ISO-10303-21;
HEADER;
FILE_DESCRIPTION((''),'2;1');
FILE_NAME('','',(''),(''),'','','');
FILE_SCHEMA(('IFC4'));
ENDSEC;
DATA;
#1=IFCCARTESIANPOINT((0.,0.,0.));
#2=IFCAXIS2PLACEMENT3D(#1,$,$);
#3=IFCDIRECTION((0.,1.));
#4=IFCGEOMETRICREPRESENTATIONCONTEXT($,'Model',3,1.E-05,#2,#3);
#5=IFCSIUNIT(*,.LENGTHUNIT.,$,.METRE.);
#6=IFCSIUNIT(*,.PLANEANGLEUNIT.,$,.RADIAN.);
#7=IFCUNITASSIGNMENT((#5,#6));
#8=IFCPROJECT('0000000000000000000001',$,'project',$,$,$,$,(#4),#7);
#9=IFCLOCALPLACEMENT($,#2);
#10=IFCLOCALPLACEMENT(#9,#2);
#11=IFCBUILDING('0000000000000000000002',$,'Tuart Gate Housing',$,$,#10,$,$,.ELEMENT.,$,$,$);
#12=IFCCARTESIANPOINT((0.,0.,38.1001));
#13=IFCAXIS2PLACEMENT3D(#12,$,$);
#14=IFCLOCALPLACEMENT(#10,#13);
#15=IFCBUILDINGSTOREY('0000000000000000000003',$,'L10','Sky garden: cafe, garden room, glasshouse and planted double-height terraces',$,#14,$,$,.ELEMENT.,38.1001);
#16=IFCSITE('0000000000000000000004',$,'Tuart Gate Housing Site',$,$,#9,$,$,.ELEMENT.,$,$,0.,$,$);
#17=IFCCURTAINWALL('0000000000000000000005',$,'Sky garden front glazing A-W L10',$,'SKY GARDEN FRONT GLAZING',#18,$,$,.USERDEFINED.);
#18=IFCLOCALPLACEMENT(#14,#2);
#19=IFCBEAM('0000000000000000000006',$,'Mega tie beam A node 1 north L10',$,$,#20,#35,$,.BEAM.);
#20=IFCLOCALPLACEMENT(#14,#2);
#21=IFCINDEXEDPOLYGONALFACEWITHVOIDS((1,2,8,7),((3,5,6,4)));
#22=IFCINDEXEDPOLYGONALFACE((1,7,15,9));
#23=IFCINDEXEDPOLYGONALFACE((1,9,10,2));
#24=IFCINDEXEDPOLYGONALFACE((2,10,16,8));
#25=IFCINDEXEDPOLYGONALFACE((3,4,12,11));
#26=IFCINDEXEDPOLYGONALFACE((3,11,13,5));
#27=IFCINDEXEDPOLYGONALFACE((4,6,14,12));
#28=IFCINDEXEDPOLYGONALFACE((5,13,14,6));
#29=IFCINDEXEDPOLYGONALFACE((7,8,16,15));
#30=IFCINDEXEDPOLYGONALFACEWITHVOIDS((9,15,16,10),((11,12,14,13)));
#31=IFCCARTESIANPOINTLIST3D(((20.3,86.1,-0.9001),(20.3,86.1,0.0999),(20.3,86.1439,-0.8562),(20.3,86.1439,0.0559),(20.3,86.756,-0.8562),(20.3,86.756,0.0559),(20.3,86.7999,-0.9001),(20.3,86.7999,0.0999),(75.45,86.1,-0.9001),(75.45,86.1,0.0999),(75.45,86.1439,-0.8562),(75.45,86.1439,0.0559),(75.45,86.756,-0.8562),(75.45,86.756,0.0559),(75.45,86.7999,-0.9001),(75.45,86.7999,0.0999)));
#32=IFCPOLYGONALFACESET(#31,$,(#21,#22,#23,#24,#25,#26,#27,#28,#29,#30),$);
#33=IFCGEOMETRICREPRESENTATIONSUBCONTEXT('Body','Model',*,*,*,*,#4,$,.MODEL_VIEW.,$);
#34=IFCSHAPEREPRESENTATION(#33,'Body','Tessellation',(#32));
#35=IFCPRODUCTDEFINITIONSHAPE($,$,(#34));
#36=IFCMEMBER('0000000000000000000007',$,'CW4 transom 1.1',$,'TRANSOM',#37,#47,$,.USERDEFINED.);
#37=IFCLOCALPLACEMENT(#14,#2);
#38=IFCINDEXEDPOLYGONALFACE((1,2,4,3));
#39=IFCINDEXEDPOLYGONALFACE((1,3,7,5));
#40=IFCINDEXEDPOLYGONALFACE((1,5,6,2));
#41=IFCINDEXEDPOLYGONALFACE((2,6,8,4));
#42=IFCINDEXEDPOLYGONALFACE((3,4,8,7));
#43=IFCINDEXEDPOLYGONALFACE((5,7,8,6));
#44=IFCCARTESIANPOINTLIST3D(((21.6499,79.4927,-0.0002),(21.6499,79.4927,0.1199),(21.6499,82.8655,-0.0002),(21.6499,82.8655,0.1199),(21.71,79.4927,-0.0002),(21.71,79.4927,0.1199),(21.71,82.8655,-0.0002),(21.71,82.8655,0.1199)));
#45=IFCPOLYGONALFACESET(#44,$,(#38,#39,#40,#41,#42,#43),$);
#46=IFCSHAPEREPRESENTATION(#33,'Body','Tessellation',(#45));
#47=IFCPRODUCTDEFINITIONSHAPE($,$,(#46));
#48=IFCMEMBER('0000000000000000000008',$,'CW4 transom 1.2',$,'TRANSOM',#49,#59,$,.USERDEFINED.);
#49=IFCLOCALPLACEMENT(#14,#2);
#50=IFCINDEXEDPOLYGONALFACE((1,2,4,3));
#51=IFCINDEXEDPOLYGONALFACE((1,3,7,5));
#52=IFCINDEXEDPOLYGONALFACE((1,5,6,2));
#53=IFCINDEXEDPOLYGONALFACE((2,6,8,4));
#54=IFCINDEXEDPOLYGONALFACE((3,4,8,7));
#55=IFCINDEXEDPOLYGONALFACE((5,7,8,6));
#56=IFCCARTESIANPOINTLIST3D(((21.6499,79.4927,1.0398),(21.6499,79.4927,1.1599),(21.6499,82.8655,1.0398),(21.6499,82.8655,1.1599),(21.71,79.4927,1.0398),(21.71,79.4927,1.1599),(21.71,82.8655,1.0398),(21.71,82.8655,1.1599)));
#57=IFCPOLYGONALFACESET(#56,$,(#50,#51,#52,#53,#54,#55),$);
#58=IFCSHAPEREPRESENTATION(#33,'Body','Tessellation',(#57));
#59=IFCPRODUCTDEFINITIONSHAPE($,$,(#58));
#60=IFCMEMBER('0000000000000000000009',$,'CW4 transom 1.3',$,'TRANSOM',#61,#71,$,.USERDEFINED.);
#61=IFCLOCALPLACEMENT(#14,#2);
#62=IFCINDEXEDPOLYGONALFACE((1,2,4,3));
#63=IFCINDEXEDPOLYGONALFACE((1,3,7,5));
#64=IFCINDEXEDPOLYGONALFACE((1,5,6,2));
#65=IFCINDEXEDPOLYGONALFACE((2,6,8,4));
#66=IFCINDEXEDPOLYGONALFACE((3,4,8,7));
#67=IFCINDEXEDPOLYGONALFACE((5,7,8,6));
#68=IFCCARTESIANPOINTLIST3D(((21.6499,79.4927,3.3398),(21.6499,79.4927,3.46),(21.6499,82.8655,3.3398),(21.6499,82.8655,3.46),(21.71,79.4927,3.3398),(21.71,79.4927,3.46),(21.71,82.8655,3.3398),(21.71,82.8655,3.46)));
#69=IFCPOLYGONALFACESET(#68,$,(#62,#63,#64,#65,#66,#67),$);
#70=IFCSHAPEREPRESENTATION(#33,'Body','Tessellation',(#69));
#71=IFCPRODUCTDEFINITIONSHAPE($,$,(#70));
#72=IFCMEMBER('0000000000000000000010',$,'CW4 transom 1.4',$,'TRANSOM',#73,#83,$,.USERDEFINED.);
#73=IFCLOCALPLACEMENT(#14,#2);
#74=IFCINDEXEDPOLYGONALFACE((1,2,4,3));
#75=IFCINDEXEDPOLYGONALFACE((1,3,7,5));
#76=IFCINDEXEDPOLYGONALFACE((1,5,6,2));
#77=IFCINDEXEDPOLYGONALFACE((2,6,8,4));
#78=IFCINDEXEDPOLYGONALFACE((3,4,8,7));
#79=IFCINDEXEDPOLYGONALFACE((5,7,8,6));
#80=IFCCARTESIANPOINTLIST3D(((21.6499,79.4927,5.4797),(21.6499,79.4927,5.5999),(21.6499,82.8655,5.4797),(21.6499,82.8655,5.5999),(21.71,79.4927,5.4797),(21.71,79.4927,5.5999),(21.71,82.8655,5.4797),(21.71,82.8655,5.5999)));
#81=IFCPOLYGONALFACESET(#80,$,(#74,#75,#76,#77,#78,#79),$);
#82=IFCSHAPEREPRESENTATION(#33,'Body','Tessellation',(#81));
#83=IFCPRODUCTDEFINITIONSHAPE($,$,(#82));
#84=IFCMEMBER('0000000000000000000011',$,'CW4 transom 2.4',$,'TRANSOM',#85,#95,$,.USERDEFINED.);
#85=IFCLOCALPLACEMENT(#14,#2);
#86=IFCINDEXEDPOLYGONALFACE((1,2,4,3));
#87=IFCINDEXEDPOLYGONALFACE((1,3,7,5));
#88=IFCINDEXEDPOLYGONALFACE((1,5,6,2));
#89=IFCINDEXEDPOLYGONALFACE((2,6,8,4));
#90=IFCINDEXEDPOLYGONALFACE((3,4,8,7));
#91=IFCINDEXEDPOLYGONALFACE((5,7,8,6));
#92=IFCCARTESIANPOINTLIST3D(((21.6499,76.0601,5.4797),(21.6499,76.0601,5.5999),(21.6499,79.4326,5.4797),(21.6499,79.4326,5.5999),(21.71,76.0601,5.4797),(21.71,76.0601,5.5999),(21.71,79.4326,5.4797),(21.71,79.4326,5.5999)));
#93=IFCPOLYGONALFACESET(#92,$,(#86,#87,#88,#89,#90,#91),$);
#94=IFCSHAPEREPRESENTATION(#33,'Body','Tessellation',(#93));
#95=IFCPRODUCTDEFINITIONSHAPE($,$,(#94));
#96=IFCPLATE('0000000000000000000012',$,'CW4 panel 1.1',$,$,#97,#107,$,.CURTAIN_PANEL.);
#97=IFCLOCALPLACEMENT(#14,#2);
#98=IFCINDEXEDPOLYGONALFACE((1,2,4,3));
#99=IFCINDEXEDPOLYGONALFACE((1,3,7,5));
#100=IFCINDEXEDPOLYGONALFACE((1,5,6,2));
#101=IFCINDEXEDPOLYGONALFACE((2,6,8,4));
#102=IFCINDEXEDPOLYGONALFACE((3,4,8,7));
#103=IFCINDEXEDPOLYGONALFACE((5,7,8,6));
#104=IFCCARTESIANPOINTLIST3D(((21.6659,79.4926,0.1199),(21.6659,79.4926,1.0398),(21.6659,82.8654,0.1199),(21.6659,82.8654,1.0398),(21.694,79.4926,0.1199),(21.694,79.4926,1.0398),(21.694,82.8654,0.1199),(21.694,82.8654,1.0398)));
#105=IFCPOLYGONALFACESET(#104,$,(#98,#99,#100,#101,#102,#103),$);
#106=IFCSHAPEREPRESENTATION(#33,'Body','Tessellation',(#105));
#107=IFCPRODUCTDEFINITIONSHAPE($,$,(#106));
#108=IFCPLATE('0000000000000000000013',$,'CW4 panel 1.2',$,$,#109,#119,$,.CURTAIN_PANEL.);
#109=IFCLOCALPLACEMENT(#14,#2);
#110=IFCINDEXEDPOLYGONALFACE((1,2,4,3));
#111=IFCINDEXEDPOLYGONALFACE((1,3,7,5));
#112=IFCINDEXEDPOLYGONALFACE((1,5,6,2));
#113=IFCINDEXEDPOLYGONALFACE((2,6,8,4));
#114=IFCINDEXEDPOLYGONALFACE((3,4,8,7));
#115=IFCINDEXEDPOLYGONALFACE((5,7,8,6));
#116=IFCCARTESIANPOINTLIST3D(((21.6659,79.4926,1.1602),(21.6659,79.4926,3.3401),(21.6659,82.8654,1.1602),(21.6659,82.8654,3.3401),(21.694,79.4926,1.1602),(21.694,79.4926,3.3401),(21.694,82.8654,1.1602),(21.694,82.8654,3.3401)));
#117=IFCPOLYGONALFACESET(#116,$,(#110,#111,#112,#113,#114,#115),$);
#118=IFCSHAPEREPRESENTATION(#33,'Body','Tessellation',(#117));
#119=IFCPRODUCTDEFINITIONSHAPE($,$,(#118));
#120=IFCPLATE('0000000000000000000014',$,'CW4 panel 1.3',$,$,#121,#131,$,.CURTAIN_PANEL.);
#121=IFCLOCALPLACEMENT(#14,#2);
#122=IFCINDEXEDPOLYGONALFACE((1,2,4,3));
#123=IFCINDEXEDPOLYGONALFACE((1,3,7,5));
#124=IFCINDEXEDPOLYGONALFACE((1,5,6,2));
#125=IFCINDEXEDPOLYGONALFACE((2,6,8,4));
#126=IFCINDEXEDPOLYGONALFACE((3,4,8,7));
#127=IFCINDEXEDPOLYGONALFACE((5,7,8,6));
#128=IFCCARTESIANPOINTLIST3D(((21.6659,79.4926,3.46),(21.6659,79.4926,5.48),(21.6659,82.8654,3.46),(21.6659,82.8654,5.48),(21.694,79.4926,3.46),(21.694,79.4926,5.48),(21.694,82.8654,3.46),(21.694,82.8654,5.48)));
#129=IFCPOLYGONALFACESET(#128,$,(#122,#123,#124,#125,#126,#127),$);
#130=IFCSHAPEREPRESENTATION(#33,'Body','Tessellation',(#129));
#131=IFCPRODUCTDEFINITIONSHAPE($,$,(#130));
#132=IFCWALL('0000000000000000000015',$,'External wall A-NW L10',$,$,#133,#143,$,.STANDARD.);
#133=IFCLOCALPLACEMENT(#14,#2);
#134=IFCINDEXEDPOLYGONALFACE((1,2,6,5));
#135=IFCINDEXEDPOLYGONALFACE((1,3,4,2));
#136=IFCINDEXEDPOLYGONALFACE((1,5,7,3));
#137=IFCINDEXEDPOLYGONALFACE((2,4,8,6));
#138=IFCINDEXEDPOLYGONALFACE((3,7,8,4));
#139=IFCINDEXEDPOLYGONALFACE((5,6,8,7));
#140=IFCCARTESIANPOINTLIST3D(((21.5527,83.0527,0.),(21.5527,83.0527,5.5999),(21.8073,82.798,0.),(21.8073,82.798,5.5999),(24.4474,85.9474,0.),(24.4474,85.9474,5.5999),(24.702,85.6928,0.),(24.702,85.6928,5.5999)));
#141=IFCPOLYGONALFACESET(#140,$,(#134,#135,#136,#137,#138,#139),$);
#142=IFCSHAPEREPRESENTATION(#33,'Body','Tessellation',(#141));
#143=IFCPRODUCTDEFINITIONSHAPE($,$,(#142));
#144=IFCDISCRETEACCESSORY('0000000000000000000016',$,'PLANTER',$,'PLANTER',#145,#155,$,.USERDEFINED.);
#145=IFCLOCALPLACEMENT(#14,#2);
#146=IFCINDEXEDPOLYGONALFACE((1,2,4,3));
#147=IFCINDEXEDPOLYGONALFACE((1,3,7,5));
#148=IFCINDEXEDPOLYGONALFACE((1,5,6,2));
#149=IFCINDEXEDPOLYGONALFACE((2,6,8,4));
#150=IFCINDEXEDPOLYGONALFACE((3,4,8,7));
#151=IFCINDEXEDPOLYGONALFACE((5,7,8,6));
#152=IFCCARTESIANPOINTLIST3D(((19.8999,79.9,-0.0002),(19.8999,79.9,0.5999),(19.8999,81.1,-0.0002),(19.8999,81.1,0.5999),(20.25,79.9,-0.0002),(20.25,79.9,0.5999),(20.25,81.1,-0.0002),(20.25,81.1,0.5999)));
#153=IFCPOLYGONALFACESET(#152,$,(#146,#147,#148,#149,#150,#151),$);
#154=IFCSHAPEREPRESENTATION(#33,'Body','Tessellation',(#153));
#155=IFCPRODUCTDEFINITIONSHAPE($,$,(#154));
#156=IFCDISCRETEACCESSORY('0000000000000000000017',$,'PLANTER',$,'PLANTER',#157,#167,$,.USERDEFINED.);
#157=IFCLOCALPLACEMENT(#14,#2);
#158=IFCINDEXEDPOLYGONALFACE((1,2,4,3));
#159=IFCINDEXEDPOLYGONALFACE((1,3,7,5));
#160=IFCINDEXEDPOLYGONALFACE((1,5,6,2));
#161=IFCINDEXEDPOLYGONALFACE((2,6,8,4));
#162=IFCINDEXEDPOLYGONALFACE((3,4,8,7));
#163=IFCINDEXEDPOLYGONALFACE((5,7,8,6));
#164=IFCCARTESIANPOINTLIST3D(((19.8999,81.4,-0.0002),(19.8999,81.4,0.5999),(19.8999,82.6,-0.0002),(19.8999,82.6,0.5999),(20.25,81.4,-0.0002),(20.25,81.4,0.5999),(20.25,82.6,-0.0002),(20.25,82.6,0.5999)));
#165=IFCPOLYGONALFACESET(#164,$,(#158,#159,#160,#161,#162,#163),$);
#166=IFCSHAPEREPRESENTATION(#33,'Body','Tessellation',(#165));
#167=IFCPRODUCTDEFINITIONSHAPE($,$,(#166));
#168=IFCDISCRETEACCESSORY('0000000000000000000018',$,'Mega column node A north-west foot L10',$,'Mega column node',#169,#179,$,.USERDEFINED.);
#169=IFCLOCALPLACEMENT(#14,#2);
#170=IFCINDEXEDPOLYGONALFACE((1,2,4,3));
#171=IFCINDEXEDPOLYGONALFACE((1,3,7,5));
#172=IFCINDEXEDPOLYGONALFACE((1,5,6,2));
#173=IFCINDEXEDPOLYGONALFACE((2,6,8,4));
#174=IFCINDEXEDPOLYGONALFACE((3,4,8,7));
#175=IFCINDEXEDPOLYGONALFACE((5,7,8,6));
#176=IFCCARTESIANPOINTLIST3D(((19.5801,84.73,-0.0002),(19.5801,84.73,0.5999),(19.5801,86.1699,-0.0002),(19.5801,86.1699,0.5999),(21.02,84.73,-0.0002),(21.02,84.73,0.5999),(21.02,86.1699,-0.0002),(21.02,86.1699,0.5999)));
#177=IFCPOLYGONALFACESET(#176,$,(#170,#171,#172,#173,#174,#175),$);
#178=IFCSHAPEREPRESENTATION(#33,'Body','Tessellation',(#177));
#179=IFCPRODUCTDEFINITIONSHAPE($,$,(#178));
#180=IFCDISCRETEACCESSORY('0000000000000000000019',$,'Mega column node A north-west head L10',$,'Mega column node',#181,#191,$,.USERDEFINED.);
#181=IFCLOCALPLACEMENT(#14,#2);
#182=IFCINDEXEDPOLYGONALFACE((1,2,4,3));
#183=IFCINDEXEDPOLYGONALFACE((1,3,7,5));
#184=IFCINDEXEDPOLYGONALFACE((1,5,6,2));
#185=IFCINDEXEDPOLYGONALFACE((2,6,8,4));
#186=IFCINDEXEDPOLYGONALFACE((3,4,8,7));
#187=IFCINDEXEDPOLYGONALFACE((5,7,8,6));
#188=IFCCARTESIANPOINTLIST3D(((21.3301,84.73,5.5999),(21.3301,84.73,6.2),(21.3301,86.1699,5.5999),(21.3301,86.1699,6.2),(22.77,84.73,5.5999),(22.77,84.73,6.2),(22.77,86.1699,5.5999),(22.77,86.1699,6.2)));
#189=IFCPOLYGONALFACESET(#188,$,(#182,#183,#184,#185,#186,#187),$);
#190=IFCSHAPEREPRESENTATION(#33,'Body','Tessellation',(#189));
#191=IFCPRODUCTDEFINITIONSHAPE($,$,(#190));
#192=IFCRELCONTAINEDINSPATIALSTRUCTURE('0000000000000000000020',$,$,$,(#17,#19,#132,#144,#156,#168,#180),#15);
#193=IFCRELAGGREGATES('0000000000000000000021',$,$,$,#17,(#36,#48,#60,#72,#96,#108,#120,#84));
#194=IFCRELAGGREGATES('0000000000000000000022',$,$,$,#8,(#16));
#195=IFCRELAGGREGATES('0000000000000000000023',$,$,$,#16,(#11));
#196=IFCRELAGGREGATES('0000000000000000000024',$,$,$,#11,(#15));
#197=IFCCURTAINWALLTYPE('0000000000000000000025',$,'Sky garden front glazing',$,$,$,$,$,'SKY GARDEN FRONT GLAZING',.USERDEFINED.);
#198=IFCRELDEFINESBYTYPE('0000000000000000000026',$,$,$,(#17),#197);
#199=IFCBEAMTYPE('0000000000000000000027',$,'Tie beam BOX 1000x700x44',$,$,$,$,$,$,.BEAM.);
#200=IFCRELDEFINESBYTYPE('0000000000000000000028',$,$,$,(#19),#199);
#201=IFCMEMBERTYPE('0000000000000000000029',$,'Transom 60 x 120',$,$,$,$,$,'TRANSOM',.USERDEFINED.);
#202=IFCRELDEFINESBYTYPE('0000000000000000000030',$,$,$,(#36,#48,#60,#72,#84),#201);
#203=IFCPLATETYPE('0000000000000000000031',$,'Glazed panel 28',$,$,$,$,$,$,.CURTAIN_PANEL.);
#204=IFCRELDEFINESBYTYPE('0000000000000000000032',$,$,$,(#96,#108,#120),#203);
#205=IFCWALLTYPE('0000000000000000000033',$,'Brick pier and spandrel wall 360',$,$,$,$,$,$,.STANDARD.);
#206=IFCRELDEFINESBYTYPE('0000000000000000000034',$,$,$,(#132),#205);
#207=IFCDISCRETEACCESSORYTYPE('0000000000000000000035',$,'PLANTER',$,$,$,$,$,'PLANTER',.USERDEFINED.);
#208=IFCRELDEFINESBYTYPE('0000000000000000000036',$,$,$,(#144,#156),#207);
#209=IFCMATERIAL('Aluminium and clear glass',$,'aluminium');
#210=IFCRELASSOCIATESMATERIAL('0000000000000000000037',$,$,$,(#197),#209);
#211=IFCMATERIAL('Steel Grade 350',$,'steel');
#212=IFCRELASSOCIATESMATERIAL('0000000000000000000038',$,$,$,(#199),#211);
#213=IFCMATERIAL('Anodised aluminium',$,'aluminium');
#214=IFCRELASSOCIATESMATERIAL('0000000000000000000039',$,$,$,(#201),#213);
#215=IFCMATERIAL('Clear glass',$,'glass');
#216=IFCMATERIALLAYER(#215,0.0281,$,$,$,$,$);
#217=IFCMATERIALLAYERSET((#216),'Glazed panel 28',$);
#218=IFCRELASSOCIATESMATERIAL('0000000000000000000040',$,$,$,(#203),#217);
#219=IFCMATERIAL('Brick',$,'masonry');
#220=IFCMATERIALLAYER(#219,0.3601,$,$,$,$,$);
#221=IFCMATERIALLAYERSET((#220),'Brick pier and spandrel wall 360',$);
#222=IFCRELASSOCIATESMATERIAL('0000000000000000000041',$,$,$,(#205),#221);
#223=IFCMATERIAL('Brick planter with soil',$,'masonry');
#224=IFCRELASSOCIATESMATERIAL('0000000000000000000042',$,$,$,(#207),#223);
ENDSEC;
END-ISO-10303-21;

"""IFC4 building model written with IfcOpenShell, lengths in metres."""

from ifc_helpers import new_model, si_unit, direction, frame, frame_2d, origin, origin_2d, place, context, subcontext, project, spatial, rectangle, hollow_rectangle, extrude, material, layer, layer_set, material_profile, profile_set, type_object, element, aggregate, save


model = new_model("IFC4")

# Units and contexts
model_context = context("Model", 3, precision=1e-05, world=origin(), true_north=direction((0.0, 1.0)))
body_context = subcontext(model_context, "Body", "Model", "MODEL_VIEW")
ifc_project = project(units=[si_unit("LENGTHUNIT", "METRE"), si_unit("PLANEANGLEUNIT", "RADIAN")], contexts=[model_context])

# Site, building, storey
site_placement = place(None, origin())
site = spatial("IfcSite", under=ifc_project, at=site_placement, Name="Tuart Gate Housing Site", CompositionType="ELEMENT", RefElevation=0.0)
building_placement = place(site_placement, origin())
building = spatial("IfcBuilding", under=site, at=building_placement, Name="Tuart Gate Housing", CompositionType="ELEMENT")
storey_placement = place(building_placement, frame((0.0, 0.0, 38.1001)))
storey = spatial("IfcBuildingStorey", under=building, at=storey_placement, Name="L10", Description="Sky garden: cafe, garden room, glasshouse and planted double-height terraces", CompositionType="ELEMENT", Elevation=38.1001)

# Curtain wall
ifc_material_1 = material(Name="Aluminium and clear glass", Category="aluminium")
curtain_wall_type = type_object("IfcCurtainWallType", Name="Sky garden front glazing", ElementType="SKY GARDEN FRONT GLAZING", PredefinedType="USERDEFINED", material=ifc_material_1)
curtain_wall_placement = place(storey_placement, origin())
curtain_wall = element("IfcCurtainWall", 1, at=curtain_wall_placement, inside=storey, type_object=curtain_wall_type, Name="Sky garden front glazing A-W L10", ObjectType="SKY GARDEN FRONT GLAZING", PredefinedType="USERDEFINED")

# Beam
ifc_material_2 = material(Name="Steel Grade 350", Category="steel")
ifc_material_profile_1 = material_profile(ifc_material_2, hollow_rectangle(XDim=0.7, YDim=1.0, WallThickness=0.0439, at=origin_2d()), Name="BOX 1000x700x44")
ifc_profile_set_1 = profile_set([ifc_material_profile_1], Name="Steel Grade 350")
beam_type_1 = type_object("IfcBeamType", Name="Tie beam BOX 1000x700x44", PredefinedType="BEAM", material=ifc_profile_set_1)
beam_placement = place(storey_placement, frame((20.3, 86.45, -0.4001), z_axis=(1.0, 0.0, 0.0), x_axis=(0.0, 1.0, 0.0)))
element("IfcBeam", 2, at=beam_placement, inside=storey, type_object=beam_type_1, Name="Mega tie beam A node 1 north L10", PredefinedType="BEAM", context=body_context, shape_type="SweptSolid", body=[
    extrude(hollow_rectangle(XDim=0.7, YDim=1.0, WallThickness=0.0439, at=origin_2d()), origin(), (0.0, 0.0, 1.0), 55.1499),
])

# Members
ifc_material_3 = material(Name="Anodised aluminium", Category="aluminium")
ifc_material_profile_2 = material_profile(ifc_material_3, rectangle(XDim=0.0601, YDim=0.1201, at=origin_2d()), Name="60x120")
ifc_profile_set_2 = profile_set([ifc_material_profile_2], Name="Anodised aluminium")
member_type_1 = type_object("IfcMemberType", Name="Transom 60 x 120", ElementType="TRANSOM", PredefinedType="USERDEFINED", material=ifc_profile_set_2)
member_1_placement = place(storey_placement, frame((21.6799, 82.8655, 0.0598), z_axis=(0.0, -1.0, 0.0), x_axis=(1.0, 0.0, 0.0)))
member_1 = element("IfcMember", 3, at=member_1_placement, type_object=member_type_1, Name="CW4 transom 1.1", ObjectType="TRANSOM", PredefinedType="USERDEFINED", context=body_context, shape_type="SweptSolid", body=[
    extrude(rectangle(XDim=0.0601, YDim=0.1201, at=origin_2d()), origin(), (0.0, 0.0, 1.0), 3.3728),
])
member_2_placement = place(storey_placement, frame((21.6799, 82.8655, 1.0999), z_axis=(0.0, -1.0, 0.0), x_axis=(1.0, 0.0, 0.0)))
member_2 = element("IfcMember", 4, at=member_2_placement, type_object=member_type_1, Name="CW4 transom 1.2", ObjectType="TRANSOM", PredefinedType="USERDEFINED", context=body_context, shape_type="SweptSolid", body=[
    extrude(rectangle(XDim=0.0601, YDim=0.1201, at=origin_2d()), origin(), (0.0, 0.0, 1.0), 3.3728),
])
member_3_placement = place(storey_placement, frame((21.6799, 82.8655, 3.3999), z_axis=(0.0, -1.0, 0.0), x_axis=(1.0, 0.0, 0.0)))
member_3 = element("IfcMember", 5, at=member_3_placement, type_object=member_type_1, Name="CW4 transom 1.3", ObjectType="TRANSOM", PredefinedType="USERDEFINED", context=body_context, shape_type="SweptSolid", body=[
    extrude(rectangle(XDim=0.0601, YDim=0.1201, at=origin_2d()), origin(), (0.0, 0.0, 1.0), 3.3728),
])
member_4_placement = place(storey_placement, frame((21.6799, 82.8655, 5.5398), z_axis=(0.0, -1.0, 0.0), x_axis=(1.0, 0.0, 0.0)))
member_4 = element("IfcMember", 6, at=member_4_placement, type_object=member_type_1, Name="CW4 transom 1.4", ObjectType="TRANSOM", PredefinedType="USERDEFINED", context=body_context, shape_type="SweptSolid", body=[
    extrude(rectangle(XDim=0.0601, YDim=0.1201, at=origin_2d()), origin(), (0.0, 0.0, 1.0), 3.3728),
])
member_5_placement = place(storey_placement, frame((21.6799, 79.4326, 5.5398), z_axis=(0.0, -1.0, 0.0), x_axis=(1.0, 0.0, 0.0)))
member_5 = element("IfcMember", 7, at=member_5_placement, type_object=member_type_1, Name="CW4 transom 2.4", ObjectType="TRANSOM", PredefinedType="USERDEFINED", context=body_context, shape_type="SweptSolid", body=[
    extrude(rectangle(XDim=0.0601, YDim=0.1201, at=origin_2d()), origin(), (0.0, 0.0, 1.0), 3.3726),
])

# Plates
ifc_material_4 = material(Name="Clear glass", Category="glass")
ifc_layer_1 = layer(ifc_material_4, 0.0281)
ifc_layer_set_1 = layer_set([ifc_layer_1], Name="Glazed panel 28")
plate_type = type_object("IfcPlateType", Name="Glazed panel 28", PredefinedType="CURTAIN_PANEL", material=ifc_layer_set_1)
plate_1_placement = place(storey_placement, frame((21.6799, 81.179, 0.1199), z_axis=(0.0, 0.0, 1.0), x_axis=(0.0, -1.0, 0.0)))
plate_1 = element("IfcPlate", 8, at=plate_1_placement, type_object=plate_type, Name="CW4 panel 1.1", PredefinedType="CURTAIN_PANEL", context=body_context, shape_type="SweptSolid", body=[
    extrude(rectangle(XDim=3.3728, YDim=0.0281, at=origin_2d()), origin(), (0.0, 0.0, 1.0), 0.9199),
])
plate_2_placement = place(storey_placement, frame((21.6799, 81.179, 1.1602), z_axis=(0.0, 0.0, 1.0), x_axis=(0.0, -1.0, 0.0)))
plate_2 = element("IfcPlate", 9, at=plate_2_placement, type_object=plate_type, Name="CW4 panel 1.2", PredefinedType="CURTAIN_PANEL", context=body_context, shape_type="SweptSolid", body=[
    extrude(rectangle(XDim=3.3728, YDim=0.0281, at=origin_2d()), origin(), (0.0, 0.0, 1.0), 2.1799),
])
plate_3_placement = place(storey_placement, frame((21.6799, 81.179, 3.46), z_axis=(0.0, 0.0, 1.0), x_axis=(0.0, -1.0, 0.0)))
plate_3 = element("IfcPlate", 10, at=plate_3_placement, type_object=plate_type, Name="CW4 panel 1.3", PredefinedType="CURTAIN_PANEL", context=body_context, shape_type="SweptSolid", body=[
    extrude(rectangle(XDim=3.3728, YDim=0.0281, at=origin_2d()), origin(), (0.0, 0.0, 1.0), 2.02),
])
aggregate(curtain_wall, [member_1, member_2, member_3, member_4, plate_1, plate_2, plate_3, member_5])

# Wall
ifc_material_5 = material(Name="Brick", Category="masonry")
ifc_layer_2 = layer(ifc_material_5, 0.3601)
ifc_layer_set_2 = layer_set([ifc_layer_2], Name="Brick pier and spandrel wall 360")
wall_type = type_object("IfcWallType", Name="Brick pier and spandrel wall 360", PredefinedType="STANDARD", material=ifc_layer_set_2)
wall_placement = place(storey_placement, frame((24.5747, 85.8201, 0.0), z_axis=(0.0, 0.0, 1.0), x_axis=(-0.707107, -0.707107, 0.0)))
element("IfcWall", 11, at=wall_placement, inside=storey, type_object=wall_type, Name="External wall A-NW L10", PredefinedType="STANDARD", context=body_context, shape_type="SweptSolid", body=[
    extrude(rectangle(XDim=4.0938, YDim=0.3601, at=frame_2d((2.0469, 0.0))), origin(), (0.0, 0.0, 1.0), 5.5999),
])

# Discrete accessories
ifc_material_6 = material(Name="Brick planter with soil", Category="masonry")
discrete_accessory_type = type_object("IfcDiscreteAccessoryType", Name="PLANTER", ElementType="PLANTER", PredefinedType="USERDEFINED", material=ifc_material_6)
for number, where, z_axis, x_axis, name in (
    (12, (20.075, 80.5, -0.0002), (0.0, 0.0, 1.0), (1.0, 0.0, 0.0), "PLANTER"),
    (13, (20.075, 82.0, -0.0002), (0.0, 0.0, 1.0), (1.0, 0.0, 0.0), "PLANTER"),
):
    element("IfcDiscreteAccessory", number, at=place(storey_placement, frame(where, z_axis=z_axis, x_axis=x_axis)), inside=storey, type_object=discrete_accessory_type, Name=name, ObjectType="PLANTER", PredefinedType="USERDEFINED", context=body_context, shape_type="SweptSolid", body=[
        extrude(rectangle(XDim=0.3501, YDim=1.2, at=origin_2d()), origin(), (0.0, 0.0, 1.0), 0.6001),
    ])
for number, where, z_axis, x_axis, name in (
    (14, (20.3, 85.45, -0.0002), (0.0, 0.0, 1.0), (1.0, 0.0, 0.0), "Mega column node A north-west foot L10"),
    (15, (22.05, 85.45, 5.5999), (0.0, 0.0, 1.0), (1.0, 0.0, 0.0), "Mega column node A north-west head L10"),
):
    element("IfcDiscreteAccessory", number, at=place(storey_placement, frame(where, z_axis=z_axis, x_axis=x_axis)), inside=storey, Name=name, ObjectType="Mega column node", PredefinedType="USERDEFINED", context=body_context, shape_type="SweptSolid", body=[
        extrude(rectangle(XDim=1.4399, YDim=1.4399, at=origin_2d()), origin(), (0.0, 0.0, 1.0), 0.6001),
    ])

save(model, "model.ifc")
